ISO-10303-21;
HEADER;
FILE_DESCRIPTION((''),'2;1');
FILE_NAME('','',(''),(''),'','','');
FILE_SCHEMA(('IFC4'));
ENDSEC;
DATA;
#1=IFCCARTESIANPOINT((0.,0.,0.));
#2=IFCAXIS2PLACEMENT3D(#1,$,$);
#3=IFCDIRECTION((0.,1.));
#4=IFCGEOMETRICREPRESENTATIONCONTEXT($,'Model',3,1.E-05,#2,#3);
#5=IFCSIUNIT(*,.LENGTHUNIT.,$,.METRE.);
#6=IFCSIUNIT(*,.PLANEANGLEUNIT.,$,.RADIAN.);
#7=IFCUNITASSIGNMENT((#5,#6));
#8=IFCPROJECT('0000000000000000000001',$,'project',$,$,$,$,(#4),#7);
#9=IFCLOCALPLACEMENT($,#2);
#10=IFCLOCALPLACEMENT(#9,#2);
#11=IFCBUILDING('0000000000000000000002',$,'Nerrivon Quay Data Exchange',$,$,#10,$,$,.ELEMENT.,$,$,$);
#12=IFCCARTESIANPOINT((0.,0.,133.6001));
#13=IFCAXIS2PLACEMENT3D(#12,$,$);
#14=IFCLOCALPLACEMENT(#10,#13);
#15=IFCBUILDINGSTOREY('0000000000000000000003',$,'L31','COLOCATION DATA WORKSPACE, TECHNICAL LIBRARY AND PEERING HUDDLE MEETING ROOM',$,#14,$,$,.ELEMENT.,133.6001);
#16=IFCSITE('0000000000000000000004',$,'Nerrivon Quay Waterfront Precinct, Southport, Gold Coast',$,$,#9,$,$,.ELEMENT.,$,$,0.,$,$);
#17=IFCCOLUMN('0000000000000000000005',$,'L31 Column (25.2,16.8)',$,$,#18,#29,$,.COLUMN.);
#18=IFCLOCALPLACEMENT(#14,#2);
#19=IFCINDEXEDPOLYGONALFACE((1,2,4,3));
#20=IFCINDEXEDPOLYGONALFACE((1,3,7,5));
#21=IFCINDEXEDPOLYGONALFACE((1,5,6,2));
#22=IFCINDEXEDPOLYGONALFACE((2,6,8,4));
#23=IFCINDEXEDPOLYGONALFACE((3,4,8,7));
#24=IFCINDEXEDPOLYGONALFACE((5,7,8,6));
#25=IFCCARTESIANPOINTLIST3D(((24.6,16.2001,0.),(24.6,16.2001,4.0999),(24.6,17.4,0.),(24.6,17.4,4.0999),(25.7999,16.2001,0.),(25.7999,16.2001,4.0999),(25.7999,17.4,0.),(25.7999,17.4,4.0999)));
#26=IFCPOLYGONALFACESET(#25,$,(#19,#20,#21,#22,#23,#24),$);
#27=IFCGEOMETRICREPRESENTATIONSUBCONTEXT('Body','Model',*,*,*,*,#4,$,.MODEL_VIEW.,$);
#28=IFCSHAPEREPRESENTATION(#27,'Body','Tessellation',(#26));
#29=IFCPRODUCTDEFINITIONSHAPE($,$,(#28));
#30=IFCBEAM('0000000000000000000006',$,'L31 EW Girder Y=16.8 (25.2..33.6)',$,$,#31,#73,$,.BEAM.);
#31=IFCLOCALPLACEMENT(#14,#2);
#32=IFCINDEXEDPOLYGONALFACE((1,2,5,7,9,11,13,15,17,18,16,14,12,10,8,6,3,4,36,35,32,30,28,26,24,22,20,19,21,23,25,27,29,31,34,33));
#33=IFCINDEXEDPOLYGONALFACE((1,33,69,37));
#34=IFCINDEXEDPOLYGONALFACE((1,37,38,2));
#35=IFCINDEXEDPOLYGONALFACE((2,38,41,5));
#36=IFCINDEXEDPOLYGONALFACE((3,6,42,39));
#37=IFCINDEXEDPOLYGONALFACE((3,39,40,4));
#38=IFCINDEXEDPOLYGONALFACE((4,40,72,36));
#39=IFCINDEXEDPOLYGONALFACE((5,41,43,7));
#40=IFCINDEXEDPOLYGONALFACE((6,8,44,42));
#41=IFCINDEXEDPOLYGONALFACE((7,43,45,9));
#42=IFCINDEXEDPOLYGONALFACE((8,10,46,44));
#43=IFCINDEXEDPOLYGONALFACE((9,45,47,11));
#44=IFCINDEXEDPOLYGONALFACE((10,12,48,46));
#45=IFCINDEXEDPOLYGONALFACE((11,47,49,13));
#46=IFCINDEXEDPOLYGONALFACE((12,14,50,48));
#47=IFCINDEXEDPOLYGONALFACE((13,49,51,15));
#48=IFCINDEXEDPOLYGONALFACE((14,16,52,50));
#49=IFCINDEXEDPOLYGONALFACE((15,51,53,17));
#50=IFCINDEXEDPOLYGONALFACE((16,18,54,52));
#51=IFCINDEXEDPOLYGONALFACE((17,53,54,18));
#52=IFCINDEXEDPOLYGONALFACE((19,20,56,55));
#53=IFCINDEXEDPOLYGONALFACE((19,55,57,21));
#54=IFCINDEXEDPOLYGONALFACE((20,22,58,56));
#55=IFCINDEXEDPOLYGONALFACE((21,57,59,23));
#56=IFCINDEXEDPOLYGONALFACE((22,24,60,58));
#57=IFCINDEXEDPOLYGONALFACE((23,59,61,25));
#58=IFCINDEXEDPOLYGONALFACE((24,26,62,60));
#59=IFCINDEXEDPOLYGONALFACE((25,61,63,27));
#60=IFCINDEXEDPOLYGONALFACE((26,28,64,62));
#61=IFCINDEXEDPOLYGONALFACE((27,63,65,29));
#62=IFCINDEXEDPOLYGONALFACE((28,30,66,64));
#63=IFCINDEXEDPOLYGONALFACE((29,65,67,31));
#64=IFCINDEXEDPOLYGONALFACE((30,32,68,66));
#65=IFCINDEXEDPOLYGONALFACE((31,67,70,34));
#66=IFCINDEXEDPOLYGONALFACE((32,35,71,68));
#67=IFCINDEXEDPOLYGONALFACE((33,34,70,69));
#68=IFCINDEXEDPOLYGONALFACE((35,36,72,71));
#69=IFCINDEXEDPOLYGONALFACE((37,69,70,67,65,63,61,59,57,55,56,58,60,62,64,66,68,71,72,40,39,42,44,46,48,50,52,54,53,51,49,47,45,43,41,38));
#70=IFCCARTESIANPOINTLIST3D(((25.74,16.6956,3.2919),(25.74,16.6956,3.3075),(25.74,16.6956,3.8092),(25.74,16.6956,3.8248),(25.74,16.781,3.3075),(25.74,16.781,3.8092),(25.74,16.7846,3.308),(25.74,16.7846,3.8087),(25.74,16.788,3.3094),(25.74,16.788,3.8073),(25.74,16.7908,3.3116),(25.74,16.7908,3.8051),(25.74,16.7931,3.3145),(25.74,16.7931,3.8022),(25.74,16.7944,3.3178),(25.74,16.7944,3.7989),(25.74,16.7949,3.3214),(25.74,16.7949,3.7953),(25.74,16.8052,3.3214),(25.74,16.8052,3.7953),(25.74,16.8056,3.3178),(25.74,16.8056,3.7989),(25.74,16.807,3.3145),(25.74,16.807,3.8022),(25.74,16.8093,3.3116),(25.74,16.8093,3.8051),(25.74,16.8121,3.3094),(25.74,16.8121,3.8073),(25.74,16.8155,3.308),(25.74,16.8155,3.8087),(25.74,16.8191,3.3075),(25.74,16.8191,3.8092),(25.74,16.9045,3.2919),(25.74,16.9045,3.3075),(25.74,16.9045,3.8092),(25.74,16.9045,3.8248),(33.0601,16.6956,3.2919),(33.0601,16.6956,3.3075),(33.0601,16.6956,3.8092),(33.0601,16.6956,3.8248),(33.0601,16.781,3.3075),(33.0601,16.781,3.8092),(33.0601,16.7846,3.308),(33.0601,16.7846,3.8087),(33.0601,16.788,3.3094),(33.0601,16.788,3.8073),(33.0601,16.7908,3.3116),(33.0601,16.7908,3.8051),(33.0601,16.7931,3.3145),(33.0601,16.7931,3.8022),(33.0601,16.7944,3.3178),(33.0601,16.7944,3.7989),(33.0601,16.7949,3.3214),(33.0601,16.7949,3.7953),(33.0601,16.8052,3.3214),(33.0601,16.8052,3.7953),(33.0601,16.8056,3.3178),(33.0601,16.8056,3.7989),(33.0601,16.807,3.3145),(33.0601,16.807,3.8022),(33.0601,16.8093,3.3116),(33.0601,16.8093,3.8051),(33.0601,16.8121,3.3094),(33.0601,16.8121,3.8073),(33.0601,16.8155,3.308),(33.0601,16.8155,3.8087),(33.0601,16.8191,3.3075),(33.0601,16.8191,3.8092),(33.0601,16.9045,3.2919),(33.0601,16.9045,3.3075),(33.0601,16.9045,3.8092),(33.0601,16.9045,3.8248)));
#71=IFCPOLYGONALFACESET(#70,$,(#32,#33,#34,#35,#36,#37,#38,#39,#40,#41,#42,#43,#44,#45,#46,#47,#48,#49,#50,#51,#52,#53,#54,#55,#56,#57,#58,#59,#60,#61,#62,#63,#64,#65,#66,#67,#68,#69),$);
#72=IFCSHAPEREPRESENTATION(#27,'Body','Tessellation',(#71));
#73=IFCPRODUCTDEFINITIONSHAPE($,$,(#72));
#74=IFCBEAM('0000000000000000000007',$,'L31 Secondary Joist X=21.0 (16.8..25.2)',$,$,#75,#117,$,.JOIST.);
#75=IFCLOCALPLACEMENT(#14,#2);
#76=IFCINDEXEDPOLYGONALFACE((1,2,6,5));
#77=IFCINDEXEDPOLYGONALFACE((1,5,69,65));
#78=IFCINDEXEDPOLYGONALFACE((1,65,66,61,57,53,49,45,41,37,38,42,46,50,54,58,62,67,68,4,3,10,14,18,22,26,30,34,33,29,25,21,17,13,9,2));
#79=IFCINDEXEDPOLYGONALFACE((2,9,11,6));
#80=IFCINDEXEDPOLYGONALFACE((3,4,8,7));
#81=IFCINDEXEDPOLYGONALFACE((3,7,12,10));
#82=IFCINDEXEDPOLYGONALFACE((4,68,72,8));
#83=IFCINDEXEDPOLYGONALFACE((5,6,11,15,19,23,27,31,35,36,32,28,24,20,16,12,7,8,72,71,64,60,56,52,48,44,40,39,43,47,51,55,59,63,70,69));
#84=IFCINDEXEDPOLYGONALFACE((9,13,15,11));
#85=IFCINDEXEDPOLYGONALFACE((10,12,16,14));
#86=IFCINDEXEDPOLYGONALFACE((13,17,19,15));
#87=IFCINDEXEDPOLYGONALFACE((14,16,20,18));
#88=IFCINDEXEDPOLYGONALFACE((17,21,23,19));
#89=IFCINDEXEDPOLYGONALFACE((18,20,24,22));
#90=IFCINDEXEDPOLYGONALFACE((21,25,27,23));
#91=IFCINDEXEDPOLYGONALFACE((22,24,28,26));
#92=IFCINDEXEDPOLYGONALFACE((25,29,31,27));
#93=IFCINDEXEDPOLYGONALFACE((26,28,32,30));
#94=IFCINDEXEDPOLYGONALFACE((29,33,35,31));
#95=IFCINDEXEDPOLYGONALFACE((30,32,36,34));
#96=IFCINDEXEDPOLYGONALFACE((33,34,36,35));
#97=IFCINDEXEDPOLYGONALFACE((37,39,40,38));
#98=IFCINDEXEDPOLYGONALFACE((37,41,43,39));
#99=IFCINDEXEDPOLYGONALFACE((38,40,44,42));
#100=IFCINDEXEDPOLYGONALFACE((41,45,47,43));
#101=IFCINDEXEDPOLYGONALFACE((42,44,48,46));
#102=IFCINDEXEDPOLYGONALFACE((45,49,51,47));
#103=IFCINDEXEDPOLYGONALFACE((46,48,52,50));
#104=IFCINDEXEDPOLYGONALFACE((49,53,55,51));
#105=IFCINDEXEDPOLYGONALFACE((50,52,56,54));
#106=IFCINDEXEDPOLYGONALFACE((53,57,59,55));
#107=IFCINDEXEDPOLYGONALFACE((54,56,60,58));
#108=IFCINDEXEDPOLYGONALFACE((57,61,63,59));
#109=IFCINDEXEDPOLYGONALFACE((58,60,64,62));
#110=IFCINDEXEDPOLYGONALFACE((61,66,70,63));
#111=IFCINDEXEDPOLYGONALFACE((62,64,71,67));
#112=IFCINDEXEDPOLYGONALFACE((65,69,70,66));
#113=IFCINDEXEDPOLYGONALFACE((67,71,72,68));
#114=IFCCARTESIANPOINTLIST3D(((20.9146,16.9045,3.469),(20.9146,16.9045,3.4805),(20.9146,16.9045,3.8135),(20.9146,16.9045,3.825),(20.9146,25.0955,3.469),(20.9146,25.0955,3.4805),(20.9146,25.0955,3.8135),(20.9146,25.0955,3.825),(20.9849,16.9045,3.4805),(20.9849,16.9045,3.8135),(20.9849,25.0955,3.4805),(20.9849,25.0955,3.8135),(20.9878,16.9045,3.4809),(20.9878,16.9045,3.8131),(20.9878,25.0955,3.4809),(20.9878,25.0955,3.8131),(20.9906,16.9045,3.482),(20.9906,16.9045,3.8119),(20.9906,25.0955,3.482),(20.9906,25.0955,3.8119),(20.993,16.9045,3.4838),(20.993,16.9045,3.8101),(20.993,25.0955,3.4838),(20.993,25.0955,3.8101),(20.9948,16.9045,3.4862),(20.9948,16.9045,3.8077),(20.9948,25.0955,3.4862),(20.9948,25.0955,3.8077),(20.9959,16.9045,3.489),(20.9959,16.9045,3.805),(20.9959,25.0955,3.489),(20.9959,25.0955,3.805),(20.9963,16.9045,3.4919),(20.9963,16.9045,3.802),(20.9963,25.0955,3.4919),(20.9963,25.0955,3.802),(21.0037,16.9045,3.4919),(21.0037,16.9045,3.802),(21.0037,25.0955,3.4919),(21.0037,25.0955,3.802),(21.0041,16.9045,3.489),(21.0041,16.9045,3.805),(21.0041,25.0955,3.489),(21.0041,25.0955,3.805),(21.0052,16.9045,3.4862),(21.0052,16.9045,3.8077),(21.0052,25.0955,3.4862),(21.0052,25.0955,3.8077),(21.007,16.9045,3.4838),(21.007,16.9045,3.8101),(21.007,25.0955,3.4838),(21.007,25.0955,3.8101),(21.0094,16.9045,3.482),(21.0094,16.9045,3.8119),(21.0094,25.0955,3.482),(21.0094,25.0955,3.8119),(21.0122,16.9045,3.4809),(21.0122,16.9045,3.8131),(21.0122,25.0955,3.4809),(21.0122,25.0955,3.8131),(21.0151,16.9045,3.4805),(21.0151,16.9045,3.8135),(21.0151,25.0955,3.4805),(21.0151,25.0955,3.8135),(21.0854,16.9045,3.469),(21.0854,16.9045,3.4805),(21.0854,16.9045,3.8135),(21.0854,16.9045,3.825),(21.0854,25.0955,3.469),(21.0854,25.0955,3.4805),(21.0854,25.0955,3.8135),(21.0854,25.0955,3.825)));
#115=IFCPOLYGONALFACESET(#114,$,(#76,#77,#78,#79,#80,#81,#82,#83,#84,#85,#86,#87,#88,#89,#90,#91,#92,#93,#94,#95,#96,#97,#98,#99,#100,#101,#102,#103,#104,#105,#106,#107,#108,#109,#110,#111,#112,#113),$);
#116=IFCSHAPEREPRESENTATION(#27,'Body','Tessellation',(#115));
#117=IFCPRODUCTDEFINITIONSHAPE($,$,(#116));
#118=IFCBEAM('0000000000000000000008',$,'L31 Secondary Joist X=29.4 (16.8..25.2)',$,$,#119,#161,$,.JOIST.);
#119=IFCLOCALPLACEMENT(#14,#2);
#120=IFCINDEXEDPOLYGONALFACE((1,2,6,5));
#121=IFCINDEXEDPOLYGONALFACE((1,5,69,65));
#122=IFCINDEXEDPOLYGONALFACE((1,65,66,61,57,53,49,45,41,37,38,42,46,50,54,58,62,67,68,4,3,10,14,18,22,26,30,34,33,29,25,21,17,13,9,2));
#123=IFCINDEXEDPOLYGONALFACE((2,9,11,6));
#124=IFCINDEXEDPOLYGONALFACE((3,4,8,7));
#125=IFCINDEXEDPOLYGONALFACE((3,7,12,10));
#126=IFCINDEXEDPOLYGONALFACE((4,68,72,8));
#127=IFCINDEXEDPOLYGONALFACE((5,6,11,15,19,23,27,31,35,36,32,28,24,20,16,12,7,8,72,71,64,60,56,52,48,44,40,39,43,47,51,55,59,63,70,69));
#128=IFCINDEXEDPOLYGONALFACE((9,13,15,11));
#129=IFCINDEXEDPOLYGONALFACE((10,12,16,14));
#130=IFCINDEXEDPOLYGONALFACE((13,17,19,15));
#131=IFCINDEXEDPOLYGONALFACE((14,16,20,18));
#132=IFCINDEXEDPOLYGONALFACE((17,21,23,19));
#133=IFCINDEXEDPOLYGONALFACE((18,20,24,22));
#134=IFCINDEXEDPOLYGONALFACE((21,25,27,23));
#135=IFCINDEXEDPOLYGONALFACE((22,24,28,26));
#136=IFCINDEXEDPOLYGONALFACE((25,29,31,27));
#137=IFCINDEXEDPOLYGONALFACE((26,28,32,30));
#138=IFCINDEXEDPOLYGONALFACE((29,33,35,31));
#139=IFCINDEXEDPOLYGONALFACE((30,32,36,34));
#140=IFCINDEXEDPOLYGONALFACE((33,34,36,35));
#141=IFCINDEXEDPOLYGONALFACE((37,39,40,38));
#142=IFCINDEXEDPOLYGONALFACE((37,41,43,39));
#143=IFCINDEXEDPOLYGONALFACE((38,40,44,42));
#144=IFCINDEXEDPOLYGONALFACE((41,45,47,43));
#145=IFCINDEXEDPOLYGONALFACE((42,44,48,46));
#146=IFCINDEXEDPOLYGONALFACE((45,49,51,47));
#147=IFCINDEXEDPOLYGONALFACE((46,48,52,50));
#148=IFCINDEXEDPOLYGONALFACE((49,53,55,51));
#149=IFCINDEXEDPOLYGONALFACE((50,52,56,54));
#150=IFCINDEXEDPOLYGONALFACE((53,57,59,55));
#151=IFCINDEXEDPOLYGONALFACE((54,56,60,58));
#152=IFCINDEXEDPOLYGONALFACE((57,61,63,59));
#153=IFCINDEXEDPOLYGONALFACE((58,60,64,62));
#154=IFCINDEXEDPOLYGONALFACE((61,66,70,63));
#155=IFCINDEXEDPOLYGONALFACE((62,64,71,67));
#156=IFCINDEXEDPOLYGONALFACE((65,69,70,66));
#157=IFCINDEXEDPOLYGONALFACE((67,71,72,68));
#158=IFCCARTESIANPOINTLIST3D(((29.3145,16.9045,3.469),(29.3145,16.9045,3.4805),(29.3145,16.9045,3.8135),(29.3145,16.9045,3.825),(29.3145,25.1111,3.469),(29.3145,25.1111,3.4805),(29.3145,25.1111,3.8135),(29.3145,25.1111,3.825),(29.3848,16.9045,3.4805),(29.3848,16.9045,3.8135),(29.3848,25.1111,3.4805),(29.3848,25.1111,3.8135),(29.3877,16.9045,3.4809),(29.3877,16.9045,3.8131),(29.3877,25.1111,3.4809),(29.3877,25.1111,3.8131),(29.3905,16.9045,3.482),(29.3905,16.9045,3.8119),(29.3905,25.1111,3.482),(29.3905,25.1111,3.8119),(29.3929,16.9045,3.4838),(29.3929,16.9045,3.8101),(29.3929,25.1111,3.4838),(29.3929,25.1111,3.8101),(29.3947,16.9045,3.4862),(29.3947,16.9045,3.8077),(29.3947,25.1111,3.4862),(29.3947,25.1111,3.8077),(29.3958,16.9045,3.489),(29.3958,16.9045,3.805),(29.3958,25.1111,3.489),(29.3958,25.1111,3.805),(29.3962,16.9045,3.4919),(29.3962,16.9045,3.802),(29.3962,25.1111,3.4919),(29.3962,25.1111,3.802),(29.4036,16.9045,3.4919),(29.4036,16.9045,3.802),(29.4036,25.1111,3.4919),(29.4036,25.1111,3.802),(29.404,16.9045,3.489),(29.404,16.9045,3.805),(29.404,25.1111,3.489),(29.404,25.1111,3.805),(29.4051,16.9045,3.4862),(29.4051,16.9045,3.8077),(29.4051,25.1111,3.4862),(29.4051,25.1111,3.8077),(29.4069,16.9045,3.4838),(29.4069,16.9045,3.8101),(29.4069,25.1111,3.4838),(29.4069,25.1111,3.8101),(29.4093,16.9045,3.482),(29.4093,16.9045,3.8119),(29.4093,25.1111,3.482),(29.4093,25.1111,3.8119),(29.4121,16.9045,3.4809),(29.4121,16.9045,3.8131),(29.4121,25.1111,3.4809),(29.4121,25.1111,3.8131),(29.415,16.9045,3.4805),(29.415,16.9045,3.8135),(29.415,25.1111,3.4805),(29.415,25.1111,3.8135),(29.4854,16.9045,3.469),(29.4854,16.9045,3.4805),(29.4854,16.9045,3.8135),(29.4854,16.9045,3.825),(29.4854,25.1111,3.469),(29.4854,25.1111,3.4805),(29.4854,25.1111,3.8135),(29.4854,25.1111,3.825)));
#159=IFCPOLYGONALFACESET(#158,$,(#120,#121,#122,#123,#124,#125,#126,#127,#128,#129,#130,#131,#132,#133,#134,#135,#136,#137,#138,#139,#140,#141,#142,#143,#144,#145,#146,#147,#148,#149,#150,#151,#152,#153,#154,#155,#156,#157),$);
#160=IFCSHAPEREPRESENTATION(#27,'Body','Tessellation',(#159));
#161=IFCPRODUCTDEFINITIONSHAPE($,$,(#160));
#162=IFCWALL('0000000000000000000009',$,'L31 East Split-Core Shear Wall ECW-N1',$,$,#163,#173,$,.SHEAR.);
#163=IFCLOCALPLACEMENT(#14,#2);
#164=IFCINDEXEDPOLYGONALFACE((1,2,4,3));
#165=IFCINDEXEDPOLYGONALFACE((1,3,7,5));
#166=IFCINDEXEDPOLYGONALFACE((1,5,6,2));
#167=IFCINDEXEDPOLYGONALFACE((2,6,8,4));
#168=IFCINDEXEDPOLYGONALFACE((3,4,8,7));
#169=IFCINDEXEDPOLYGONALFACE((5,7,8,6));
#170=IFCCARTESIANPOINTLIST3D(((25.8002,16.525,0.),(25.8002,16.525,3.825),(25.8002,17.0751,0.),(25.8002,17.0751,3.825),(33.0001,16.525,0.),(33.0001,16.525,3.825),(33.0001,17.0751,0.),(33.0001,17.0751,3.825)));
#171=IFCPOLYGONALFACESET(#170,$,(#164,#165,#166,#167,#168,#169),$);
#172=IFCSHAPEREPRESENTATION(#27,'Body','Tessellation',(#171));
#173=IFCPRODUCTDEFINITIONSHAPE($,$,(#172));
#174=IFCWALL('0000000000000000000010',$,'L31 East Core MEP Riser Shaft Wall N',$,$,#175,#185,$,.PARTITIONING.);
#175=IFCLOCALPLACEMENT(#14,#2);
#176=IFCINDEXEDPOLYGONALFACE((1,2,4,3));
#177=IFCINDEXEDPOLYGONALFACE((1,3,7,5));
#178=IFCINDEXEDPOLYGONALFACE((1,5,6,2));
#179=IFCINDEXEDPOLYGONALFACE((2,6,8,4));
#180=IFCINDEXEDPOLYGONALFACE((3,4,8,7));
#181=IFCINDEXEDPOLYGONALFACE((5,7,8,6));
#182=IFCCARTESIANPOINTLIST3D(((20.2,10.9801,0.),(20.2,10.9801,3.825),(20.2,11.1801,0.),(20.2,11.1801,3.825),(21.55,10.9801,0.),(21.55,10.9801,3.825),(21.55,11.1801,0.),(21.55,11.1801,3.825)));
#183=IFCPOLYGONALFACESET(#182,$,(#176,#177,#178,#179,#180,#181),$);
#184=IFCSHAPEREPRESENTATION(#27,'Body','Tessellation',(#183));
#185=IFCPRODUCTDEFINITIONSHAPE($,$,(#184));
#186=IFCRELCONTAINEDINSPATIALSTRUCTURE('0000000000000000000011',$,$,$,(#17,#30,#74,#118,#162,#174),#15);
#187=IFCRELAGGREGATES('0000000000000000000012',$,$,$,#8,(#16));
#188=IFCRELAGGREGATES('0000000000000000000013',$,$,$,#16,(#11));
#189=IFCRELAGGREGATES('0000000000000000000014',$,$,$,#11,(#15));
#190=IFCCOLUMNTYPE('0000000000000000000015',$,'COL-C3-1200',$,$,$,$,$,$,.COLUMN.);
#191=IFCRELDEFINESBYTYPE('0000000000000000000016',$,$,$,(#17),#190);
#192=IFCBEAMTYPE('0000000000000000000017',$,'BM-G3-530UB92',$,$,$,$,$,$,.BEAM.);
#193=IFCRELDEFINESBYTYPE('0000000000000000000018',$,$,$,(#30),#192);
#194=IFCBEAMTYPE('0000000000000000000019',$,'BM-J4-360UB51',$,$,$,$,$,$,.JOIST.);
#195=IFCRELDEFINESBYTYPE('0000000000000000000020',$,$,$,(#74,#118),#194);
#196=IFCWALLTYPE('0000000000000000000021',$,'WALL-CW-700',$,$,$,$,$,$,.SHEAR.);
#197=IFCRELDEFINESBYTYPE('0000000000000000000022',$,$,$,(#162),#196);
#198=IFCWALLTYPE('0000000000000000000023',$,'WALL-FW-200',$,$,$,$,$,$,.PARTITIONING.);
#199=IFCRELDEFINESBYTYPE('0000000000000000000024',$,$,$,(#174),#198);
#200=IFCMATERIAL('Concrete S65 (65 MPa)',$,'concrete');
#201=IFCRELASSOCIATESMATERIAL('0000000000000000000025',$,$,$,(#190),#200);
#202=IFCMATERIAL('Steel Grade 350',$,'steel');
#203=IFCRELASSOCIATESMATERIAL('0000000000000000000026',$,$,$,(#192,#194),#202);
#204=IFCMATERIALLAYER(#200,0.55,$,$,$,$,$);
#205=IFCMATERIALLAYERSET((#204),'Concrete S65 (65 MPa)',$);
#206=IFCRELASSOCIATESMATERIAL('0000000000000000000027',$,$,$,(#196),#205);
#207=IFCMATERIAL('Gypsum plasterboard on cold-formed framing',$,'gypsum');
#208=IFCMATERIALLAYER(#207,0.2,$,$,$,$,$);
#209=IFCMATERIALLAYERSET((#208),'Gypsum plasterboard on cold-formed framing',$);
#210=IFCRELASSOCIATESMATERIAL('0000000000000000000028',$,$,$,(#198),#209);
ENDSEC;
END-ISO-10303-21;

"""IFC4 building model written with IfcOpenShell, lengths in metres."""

from ifc_helpers import new_model, si_unit, direction, frame, frame_2d, origin, origin_2d, place, context, subcontext, project, spatial, rectangle, i_section, extrude, material, layer, layer_set, material_profile, profile_set, type_object, element, save


model = new_model("IFC4")

# Units and contexts
model_context = context("Model", 3, precision=1e-05, world=origin(), true_north=direction((0.0, 1.0)))
body_context = subcontext(model_context, "Body", "Model", "MODEL_VIEW")
ifc_project = project(units=[si_unit("LENGTHUNIT", "METRE"), si_unit("PLANEANGLEUNIT", "RADIAN")], contexts=[model_context])

# Site, building, storey
site_placement = place(None, origin())
site = spatial("IfcSite", under=ifc_project, at=site_placement, Name="Nerrivon Quay Waterfront Precinct, Southport, Gold Coast", CompositionType="ELEMENT", RefElevation=0.0)
building_placement = place(site_placement, origin())
building = spatial("IfcBuilding", under=site, at=building_placement, Name="Nerrivon Quay Data Exchange", CompositionType="ELEMENT")
storey_placement = place(building_placement, frame((0.0, 0.0, 133.6001)))
storey = spatial("IfcBuildingStorey", under=building, at=storey_placement, Name="L31", Description="COLOCATION DATA WORKSPACE, TECHNICAL LIBRARY AND PEERING HUDDLE MEETING ROOM", CompositionType="ELEMENT", Elevation=133.6001)

# Column
ifc_material_1 = material(Name="Concrete S65 (65 MPa)", Category="concrete")
ifc_material_profile_1 = material_profile(ifc_material_1, rectangle(XDim=1.2, YDim=1.2, at=origin_2d()), Name="RC-COL-1200x1200")
ifc_profile_set_1 = profile_set([ifc_material_profile_1], Name="Concrete S65 (65 MPa)")
column_type = type_object("IfcColumnType", Name="COL-C3-1200", PredefinedType="COLUMN", material=ifc_profile_set_1)
column_placement = place(storey_placement, frame((25.2, 16.8, 0.0), z_axis=(0.0, 0.0, 1.0), x_axis=(1.0, 0.0, 0.0)))
element("IfcColumn", 1, at=column_placement, inside=storey, type_object=column_type, Name="L31 Column (25.2,16.8)", PredefinedType="COLUMN", context=body_context, shape_type="SweptSolid", body=[
    extrude(rectangle(XDim=1.2, YDim=1.2, at=origin_2d()), origin(), (0.0, 0.0, 1.0), 4.0999),
])

# Beams
ifc_material_2 = material(Name="Steel Grade 350", Category="steel")
ifc_material_profile_2 = material_profile(ifc_material_2, i_section(OverallWidth=0.209, OverallDepth=0.533, WebThickness=0.0103, FlangeThickness=0.0156, FilletRadius=0.0139, at=origin_2d()), Name="530UB92.4")
ifc_profile_set_2 = profile_set([ifc_material_profile_2], Name="Steel Grade 350")
beam_type_1 = type_object("IfcBeamType", Name="BM-G3-530UB92", PredefinedType="BEAM", material=ifc_profile_set_2)
beam_1_placement = place(storey_placement, frame((25.74, 16.8, 3.5583), z_axis=(1.0, 0.0, 0.0), x_axis=(0.0, 1.0, 0.0)))
element("IfcBeam", 2, at=beam_1_placement, inside=storey, type_object=beam_type_1, Name="L31 EW Girder Y=16.8 (25.2..33.6)", PredefinedType="BEAM", context=body_context, shape_type="SweptSolid", body=[
    extrude(i_section(OverallWidth=0.209, OverallDepth=0.533, WebThickness=0.0103, FlangeThickness=0.0156, FilletRadius=0.0139, at=origin_2d()), origin(), (0.0, 0.0, 1.0), 7.3201),
])
ifc_material_profile_3 = material_profile(ifc_material_2, i_section(OverallWidth=0.1709, OverallDepth=0.356, WebThickness=0.0073, FlangeThickness=0.0115, FilletRadius=0.0115, at=origin_2d()), Name="360UB50.7")
ifc_profile_set_3 = profile_set([ifc_material_profile_3], Name="Steel Grade 350")
beam_type_2 = type_object("IfcBeamType", Name="BM-J4-360UB51", PredefinedType="JOIST", material=ifc_profile_set_3)
beam_2_placement = place(storey_placement, frame((21.0, 16.9045, 3.647), z_axis=(0.0, 1.0, 0.0), x_axis=(-1.0, 0.0, 0.0)))
element("IfcBeam", 3, at=beam_2_placement, inside=storey, type_object=beam_type_2, Name="L31 Secondary Joist X=21.0 (16.8..25.2)", PredefinedType="JOIST", context=body_context, shape_type="SweptSolid", body=[
    extrude(i_section(OverallWidth=0.1709, OverallDepth=0.356, WebThickness=0.0073, FlangeThickness=0.0115, FilletRadius=0.0115, at=origin_2d()), origin(), (0.0, 0.0, 1.0), 8.1909),
])
beam_3_placement = place(storey_placement, frame((29.3999, 16.9045, 3.647), z_axis=(0.0, 1.0, 0.0), x_axis=(-1.0, 0.0, 0.0)))
element("IfcBeam", 4, at=beam_3_placement, inside=storey, type_object=beam_type_2, Name="L31 Secondary Joist X=29.4 (16.8..25.2)", PredefinedType="JOIST", context=body_context, shape_type="SweptSolid", body=[
    extrude(i_section(OverallWidth=0.1709, OverallDepth=0.356, WebThickness=0.0073, FlangeThickness=0.0115, FilletRadius=0.0115, at=origin_2d()), origin(), (0.0, 0.0, 1.0), 8.2065),
])

# Walls
ifc_layer_1 = layer(ifc_material_1, 0.55)
ifc_layer_set_1 = layer_set([ifc_layer_1], Name="Concrete S65 (65 MPa)")
wall_type_1 = type_object("IfcWallType", Name="WALL-CW-700", PredefinedType="SHEAR", material=ifc_layer_set_1)
wall_1_placement = place(storey_placement, frame((25.8, 16.8, 0.0), z_axis=(0.0, 0.0, 1.0), x_axis=(1.0, 0.0, 0.0)))
element("IfcWall", 5, at=wall_1_placement, inside=storey, type_object=wall_type_1, Name="L31 East Split-Core Shear Wall ECW-N1", PredefinedType="SHEAR", context=body_context, shape_type="SweptSolid", body=[
    extrude(rectangle(XDim=7.2, YDim=0.55, at=frame_2d((3.6001, 0.0))), origin(), (0.0, 0.0, 1.0), 3.825),
])
ifc_material_3 = material(Name="Gypsum plasterboard on cold-formed framing", Category="gypsum")
ifc_layer_2 = layer(ifc_material_3, 0.2)
ifc_layer_set_2 = layer_set([ifc_layer_2], Name="Gypsum plasterboard on cold-formed framing")
wall_type_2 = type_object("IfcWallType", Name="WALL-FW-200", PredefinedType="PARTITIONING", material=ifc_layer_set_2)
wall_2_placement = place(storey_placement, frame((20.2, 11.0801, 0.0), z_axis=(0.0, 0.0, 1.0), x_axis=(1.0, 0.0, 0.0)))
element("IfcWall", 6, at=wall_2_placement, inside=storey, type_object=wall_type_2, Name="L31 East Core MEP Riser Shaft Wall N", PredefinedType="PARTITIONING", context=body_context, shape_type="SweptSolid", body=[
    extrude(rectangle(XDim=1.3501, YDim=0.2, at=frame_2d((0.675, 0.0))), origin(), (0.0, 0.0, 1.0), 3.825),
])

save(model, "model.ifc")
